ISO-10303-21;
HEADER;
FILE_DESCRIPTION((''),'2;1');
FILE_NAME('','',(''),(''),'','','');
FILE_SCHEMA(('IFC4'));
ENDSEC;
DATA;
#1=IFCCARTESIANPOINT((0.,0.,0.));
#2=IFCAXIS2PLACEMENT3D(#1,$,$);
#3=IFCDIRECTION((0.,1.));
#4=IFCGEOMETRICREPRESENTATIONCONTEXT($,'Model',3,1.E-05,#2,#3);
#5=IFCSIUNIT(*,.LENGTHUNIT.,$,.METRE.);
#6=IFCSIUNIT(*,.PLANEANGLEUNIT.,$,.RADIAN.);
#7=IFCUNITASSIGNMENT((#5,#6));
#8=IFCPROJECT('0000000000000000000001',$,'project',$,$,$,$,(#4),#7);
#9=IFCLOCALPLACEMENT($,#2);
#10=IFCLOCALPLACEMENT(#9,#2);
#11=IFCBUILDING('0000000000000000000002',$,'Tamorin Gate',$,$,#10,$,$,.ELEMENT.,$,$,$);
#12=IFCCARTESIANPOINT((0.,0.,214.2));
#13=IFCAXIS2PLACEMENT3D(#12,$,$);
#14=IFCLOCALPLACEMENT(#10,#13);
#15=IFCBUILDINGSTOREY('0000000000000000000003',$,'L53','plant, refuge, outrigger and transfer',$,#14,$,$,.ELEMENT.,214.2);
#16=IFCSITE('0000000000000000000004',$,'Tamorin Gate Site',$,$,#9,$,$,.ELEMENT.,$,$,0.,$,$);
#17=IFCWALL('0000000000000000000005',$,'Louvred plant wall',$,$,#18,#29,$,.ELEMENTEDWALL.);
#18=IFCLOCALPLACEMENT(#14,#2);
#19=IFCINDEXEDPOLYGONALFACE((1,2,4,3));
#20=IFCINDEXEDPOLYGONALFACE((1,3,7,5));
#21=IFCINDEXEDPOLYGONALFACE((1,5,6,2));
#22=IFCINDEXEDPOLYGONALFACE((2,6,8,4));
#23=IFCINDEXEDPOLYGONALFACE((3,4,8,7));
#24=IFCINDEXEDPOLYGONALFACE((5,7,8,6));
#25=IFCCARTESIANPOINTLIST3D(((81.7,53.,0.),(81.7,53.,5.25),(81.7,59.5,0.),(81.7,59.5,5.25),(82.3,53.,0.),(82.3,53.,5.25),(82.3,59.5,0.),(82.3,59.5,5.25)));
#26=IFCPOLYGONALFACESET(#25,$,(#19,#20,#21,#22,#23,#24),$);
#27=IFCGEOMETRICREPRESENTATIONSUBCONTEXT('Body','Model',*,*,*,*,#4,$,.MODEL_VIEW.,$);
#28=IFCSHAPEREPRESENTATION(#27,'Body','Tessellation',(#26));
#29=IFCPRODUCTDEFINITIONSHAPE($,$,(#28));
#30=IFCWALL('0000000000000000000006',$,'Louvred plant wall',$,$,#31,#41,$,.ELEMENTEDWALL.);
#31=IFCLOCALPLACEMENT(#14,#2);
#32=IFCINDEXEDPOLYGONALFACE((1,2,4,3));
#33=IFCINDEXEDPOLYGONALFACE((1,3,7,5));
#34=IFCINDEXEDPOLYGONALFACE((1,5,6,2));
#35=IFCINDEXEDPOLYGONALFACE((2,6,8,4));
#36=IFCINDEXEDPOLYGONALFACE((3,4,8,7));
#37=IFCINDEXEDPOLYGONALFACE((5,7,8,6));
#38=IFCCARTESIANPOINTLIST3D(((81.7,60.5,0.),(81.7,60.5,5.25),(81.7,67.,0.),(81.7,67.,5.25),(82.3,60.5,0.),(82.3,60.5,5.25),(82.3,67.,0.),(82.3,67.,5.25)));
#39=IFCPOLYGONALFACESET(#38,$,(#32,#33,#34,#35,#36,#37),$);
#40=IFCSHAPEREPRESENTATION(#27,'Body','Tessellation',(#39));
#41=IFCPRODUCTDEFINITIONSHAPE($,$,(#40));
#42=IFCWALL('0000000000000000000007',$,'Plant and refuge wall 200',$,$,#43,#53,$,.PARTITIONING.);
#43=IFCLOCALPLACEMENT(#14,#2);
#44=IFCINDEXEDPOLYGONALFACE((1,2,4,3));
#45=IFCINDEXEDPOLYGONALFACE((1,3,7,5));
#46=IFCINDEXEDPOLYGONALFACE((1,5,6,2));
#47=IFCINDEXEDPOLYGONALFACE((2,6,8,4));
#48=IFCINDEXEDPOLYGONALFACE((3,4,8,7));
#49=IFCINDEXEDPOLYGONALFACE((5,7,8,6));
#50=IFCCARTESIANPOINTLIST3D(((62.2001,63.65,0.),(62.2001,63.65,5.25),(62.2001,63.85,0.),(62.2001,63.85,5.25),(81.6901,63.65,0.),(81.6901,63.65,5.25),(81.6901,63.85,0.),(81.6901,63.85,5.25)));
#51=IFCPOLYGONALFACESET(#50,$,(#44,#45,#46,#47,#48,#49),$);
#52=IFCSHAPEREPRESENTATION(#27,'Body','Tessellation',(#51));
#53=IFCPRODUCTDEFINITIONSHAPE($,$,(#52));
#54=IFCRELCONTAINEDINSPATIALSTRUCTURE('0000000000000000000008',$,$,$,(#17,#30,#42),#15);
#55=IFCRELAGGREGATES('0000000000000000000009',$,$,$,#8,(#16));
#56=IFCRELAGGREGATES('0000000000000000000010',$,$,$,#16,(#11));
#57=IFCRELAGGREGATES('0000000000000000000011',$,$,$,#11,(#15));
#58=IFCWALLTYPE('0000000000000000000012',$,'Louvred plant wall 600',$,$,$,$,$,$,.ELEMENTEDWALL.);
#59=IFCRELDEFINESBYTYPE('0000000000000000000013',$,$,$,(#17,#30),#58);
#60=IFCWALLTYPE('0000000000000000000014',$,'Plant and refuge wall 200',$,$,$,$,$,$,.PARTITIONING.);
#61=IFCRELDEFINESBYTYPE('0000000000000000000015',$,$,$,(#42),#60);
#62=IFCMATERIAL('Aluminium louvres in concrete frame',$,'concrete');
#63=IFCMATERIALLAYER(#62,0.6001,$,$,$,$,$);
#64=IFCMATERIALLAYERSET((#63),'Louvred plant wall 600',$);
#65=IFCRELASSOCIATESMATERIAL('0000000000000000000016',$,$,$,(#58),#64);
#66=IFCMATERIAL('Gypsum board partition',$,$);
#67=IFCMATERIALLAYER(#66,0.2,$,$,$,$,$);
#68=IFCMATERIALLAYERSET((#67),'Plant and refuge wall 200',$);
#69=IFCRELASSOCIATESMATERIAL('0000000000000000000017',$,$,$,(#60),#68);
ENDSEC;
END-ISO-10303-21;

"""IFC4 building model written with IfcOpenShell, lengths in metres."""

from ifc_helpers import new_model, si_unit, direction, frame, frame_2d, origin, place, context, subcontext, project, spatial, rectangle, extrude, material, layer, layer_set, type_object, element, save


model = new_model("IFC4")

# Units and contexts
model_context = context("Model", 3, precision=1e-05, world=origin(), true_north=direction((0.0, 1.0)))
body_context = subcontext(model_context, "Body", "Model", "MODEL_VIEW")
ifc_project = project(units=[si_unit("LENGTHUNIT", "METRE"), si_unit("PLANEANGLEUNIT", "RADIAN")], contexts=[model_context])

# Site, building, storey
site_placement = place(None, origin())
site = spatial("IfcSite", under=ifc_project, at=site_placement, Name="Tamorin Gate Site", CompositionType="ELEMENT", RefElevation=0.0)
building_placement = place(site_placement, origin())
building = spatial("IfcBuilding", under=site, at=building_placement, Name="Tamorin Gate", CompositionType="ELEMENT")
storey_placement = place(building_placement, frame((0.0, 0.0, 214.2)))
storey = spatial("IfcBuildingStorey", under=building, at=storey_placement, Name="L53", Description="plant, refuge, outrigger and transfer", CompositionType="ELEMENT", Elevation=214.2)

# Walls
ifc_material_1 = material(Name="Aluminium louvres in concrete frame", Category="concrete")
ifc_layer_1 = layer(ifc_material_1, 0.6001)
ifc_layer_set_1 = layer_set([ifc_layer_1], Name="Louvred plant wall 600")
wall_type_1 = type_object("IfcWallType", Name="Louvred plant wall 600", PredefinedType="ELEMENTEDWALL", material=ifc_layer_set_1)
for number, where, z_axis, x_axis, name in (
    (1, (82.0, 53.0, 0.0), (0.0, 0.0, 1.0), (0.0, 1.0, 0.0), "Louvred plant wall"),
    (2, (82.0, 60.5, 0.0), (0.0, 0.0, 1.0), (0.0, 1.0, 0.0), "Louvred plant wall"),
):
    element("IfcWall", number, at=place(storey_placement, frame(where, z_axis=z_axis, x_axis=x_axis)), inside=storey, type_object=wall_type_1, Name=name, PredefinedType="ELEMENTEDWALL", context=body_context, shape_type="SweptSolid", body=[
        extrude(rectangle(XDim=6.5, YDim=0.6001, at=frame_2d((3.25, 0.0))), origin(), (0.0, 0.0, 1.0), 5.25),
    ])
ifc_material_2 = material(Name="Gypsum board partition")
ifc_layer_2 = layer(ifc_material_2, 0.2)
ifc_layer_set_2 = layer_set([ifc_layer_2], Name="Plant and refuge wall 200")
wall_type_2 = type_object("IfcWallType", Name="Plant and refuge wall 200", PredefinedType="PARTITIONING", material=ifc_layer_set_2)
wall_1_placement = place(storey_placement, frame((62.2, 63.75, 0.0), z_axis=(0.0, 0.0, 1.0), x_axis=(1.0, 0.0, 0.0)))
element("IfcWall", 3, at=wall_1_placement, inside=storey, type_object=wall_type_2, Name="Plant and refuge wall 200", PredefinedType="PARTITIONING", context=body_context, shape_type="SweptSolid", body=[
    extrude(rectangle(XDim=19.49, YDim=0.2, at=frame_2d((9.7451, 0.0))), origin(), (0.0, 0.0, 1.0), 5.25),
])

save(model, "model.ifc")
